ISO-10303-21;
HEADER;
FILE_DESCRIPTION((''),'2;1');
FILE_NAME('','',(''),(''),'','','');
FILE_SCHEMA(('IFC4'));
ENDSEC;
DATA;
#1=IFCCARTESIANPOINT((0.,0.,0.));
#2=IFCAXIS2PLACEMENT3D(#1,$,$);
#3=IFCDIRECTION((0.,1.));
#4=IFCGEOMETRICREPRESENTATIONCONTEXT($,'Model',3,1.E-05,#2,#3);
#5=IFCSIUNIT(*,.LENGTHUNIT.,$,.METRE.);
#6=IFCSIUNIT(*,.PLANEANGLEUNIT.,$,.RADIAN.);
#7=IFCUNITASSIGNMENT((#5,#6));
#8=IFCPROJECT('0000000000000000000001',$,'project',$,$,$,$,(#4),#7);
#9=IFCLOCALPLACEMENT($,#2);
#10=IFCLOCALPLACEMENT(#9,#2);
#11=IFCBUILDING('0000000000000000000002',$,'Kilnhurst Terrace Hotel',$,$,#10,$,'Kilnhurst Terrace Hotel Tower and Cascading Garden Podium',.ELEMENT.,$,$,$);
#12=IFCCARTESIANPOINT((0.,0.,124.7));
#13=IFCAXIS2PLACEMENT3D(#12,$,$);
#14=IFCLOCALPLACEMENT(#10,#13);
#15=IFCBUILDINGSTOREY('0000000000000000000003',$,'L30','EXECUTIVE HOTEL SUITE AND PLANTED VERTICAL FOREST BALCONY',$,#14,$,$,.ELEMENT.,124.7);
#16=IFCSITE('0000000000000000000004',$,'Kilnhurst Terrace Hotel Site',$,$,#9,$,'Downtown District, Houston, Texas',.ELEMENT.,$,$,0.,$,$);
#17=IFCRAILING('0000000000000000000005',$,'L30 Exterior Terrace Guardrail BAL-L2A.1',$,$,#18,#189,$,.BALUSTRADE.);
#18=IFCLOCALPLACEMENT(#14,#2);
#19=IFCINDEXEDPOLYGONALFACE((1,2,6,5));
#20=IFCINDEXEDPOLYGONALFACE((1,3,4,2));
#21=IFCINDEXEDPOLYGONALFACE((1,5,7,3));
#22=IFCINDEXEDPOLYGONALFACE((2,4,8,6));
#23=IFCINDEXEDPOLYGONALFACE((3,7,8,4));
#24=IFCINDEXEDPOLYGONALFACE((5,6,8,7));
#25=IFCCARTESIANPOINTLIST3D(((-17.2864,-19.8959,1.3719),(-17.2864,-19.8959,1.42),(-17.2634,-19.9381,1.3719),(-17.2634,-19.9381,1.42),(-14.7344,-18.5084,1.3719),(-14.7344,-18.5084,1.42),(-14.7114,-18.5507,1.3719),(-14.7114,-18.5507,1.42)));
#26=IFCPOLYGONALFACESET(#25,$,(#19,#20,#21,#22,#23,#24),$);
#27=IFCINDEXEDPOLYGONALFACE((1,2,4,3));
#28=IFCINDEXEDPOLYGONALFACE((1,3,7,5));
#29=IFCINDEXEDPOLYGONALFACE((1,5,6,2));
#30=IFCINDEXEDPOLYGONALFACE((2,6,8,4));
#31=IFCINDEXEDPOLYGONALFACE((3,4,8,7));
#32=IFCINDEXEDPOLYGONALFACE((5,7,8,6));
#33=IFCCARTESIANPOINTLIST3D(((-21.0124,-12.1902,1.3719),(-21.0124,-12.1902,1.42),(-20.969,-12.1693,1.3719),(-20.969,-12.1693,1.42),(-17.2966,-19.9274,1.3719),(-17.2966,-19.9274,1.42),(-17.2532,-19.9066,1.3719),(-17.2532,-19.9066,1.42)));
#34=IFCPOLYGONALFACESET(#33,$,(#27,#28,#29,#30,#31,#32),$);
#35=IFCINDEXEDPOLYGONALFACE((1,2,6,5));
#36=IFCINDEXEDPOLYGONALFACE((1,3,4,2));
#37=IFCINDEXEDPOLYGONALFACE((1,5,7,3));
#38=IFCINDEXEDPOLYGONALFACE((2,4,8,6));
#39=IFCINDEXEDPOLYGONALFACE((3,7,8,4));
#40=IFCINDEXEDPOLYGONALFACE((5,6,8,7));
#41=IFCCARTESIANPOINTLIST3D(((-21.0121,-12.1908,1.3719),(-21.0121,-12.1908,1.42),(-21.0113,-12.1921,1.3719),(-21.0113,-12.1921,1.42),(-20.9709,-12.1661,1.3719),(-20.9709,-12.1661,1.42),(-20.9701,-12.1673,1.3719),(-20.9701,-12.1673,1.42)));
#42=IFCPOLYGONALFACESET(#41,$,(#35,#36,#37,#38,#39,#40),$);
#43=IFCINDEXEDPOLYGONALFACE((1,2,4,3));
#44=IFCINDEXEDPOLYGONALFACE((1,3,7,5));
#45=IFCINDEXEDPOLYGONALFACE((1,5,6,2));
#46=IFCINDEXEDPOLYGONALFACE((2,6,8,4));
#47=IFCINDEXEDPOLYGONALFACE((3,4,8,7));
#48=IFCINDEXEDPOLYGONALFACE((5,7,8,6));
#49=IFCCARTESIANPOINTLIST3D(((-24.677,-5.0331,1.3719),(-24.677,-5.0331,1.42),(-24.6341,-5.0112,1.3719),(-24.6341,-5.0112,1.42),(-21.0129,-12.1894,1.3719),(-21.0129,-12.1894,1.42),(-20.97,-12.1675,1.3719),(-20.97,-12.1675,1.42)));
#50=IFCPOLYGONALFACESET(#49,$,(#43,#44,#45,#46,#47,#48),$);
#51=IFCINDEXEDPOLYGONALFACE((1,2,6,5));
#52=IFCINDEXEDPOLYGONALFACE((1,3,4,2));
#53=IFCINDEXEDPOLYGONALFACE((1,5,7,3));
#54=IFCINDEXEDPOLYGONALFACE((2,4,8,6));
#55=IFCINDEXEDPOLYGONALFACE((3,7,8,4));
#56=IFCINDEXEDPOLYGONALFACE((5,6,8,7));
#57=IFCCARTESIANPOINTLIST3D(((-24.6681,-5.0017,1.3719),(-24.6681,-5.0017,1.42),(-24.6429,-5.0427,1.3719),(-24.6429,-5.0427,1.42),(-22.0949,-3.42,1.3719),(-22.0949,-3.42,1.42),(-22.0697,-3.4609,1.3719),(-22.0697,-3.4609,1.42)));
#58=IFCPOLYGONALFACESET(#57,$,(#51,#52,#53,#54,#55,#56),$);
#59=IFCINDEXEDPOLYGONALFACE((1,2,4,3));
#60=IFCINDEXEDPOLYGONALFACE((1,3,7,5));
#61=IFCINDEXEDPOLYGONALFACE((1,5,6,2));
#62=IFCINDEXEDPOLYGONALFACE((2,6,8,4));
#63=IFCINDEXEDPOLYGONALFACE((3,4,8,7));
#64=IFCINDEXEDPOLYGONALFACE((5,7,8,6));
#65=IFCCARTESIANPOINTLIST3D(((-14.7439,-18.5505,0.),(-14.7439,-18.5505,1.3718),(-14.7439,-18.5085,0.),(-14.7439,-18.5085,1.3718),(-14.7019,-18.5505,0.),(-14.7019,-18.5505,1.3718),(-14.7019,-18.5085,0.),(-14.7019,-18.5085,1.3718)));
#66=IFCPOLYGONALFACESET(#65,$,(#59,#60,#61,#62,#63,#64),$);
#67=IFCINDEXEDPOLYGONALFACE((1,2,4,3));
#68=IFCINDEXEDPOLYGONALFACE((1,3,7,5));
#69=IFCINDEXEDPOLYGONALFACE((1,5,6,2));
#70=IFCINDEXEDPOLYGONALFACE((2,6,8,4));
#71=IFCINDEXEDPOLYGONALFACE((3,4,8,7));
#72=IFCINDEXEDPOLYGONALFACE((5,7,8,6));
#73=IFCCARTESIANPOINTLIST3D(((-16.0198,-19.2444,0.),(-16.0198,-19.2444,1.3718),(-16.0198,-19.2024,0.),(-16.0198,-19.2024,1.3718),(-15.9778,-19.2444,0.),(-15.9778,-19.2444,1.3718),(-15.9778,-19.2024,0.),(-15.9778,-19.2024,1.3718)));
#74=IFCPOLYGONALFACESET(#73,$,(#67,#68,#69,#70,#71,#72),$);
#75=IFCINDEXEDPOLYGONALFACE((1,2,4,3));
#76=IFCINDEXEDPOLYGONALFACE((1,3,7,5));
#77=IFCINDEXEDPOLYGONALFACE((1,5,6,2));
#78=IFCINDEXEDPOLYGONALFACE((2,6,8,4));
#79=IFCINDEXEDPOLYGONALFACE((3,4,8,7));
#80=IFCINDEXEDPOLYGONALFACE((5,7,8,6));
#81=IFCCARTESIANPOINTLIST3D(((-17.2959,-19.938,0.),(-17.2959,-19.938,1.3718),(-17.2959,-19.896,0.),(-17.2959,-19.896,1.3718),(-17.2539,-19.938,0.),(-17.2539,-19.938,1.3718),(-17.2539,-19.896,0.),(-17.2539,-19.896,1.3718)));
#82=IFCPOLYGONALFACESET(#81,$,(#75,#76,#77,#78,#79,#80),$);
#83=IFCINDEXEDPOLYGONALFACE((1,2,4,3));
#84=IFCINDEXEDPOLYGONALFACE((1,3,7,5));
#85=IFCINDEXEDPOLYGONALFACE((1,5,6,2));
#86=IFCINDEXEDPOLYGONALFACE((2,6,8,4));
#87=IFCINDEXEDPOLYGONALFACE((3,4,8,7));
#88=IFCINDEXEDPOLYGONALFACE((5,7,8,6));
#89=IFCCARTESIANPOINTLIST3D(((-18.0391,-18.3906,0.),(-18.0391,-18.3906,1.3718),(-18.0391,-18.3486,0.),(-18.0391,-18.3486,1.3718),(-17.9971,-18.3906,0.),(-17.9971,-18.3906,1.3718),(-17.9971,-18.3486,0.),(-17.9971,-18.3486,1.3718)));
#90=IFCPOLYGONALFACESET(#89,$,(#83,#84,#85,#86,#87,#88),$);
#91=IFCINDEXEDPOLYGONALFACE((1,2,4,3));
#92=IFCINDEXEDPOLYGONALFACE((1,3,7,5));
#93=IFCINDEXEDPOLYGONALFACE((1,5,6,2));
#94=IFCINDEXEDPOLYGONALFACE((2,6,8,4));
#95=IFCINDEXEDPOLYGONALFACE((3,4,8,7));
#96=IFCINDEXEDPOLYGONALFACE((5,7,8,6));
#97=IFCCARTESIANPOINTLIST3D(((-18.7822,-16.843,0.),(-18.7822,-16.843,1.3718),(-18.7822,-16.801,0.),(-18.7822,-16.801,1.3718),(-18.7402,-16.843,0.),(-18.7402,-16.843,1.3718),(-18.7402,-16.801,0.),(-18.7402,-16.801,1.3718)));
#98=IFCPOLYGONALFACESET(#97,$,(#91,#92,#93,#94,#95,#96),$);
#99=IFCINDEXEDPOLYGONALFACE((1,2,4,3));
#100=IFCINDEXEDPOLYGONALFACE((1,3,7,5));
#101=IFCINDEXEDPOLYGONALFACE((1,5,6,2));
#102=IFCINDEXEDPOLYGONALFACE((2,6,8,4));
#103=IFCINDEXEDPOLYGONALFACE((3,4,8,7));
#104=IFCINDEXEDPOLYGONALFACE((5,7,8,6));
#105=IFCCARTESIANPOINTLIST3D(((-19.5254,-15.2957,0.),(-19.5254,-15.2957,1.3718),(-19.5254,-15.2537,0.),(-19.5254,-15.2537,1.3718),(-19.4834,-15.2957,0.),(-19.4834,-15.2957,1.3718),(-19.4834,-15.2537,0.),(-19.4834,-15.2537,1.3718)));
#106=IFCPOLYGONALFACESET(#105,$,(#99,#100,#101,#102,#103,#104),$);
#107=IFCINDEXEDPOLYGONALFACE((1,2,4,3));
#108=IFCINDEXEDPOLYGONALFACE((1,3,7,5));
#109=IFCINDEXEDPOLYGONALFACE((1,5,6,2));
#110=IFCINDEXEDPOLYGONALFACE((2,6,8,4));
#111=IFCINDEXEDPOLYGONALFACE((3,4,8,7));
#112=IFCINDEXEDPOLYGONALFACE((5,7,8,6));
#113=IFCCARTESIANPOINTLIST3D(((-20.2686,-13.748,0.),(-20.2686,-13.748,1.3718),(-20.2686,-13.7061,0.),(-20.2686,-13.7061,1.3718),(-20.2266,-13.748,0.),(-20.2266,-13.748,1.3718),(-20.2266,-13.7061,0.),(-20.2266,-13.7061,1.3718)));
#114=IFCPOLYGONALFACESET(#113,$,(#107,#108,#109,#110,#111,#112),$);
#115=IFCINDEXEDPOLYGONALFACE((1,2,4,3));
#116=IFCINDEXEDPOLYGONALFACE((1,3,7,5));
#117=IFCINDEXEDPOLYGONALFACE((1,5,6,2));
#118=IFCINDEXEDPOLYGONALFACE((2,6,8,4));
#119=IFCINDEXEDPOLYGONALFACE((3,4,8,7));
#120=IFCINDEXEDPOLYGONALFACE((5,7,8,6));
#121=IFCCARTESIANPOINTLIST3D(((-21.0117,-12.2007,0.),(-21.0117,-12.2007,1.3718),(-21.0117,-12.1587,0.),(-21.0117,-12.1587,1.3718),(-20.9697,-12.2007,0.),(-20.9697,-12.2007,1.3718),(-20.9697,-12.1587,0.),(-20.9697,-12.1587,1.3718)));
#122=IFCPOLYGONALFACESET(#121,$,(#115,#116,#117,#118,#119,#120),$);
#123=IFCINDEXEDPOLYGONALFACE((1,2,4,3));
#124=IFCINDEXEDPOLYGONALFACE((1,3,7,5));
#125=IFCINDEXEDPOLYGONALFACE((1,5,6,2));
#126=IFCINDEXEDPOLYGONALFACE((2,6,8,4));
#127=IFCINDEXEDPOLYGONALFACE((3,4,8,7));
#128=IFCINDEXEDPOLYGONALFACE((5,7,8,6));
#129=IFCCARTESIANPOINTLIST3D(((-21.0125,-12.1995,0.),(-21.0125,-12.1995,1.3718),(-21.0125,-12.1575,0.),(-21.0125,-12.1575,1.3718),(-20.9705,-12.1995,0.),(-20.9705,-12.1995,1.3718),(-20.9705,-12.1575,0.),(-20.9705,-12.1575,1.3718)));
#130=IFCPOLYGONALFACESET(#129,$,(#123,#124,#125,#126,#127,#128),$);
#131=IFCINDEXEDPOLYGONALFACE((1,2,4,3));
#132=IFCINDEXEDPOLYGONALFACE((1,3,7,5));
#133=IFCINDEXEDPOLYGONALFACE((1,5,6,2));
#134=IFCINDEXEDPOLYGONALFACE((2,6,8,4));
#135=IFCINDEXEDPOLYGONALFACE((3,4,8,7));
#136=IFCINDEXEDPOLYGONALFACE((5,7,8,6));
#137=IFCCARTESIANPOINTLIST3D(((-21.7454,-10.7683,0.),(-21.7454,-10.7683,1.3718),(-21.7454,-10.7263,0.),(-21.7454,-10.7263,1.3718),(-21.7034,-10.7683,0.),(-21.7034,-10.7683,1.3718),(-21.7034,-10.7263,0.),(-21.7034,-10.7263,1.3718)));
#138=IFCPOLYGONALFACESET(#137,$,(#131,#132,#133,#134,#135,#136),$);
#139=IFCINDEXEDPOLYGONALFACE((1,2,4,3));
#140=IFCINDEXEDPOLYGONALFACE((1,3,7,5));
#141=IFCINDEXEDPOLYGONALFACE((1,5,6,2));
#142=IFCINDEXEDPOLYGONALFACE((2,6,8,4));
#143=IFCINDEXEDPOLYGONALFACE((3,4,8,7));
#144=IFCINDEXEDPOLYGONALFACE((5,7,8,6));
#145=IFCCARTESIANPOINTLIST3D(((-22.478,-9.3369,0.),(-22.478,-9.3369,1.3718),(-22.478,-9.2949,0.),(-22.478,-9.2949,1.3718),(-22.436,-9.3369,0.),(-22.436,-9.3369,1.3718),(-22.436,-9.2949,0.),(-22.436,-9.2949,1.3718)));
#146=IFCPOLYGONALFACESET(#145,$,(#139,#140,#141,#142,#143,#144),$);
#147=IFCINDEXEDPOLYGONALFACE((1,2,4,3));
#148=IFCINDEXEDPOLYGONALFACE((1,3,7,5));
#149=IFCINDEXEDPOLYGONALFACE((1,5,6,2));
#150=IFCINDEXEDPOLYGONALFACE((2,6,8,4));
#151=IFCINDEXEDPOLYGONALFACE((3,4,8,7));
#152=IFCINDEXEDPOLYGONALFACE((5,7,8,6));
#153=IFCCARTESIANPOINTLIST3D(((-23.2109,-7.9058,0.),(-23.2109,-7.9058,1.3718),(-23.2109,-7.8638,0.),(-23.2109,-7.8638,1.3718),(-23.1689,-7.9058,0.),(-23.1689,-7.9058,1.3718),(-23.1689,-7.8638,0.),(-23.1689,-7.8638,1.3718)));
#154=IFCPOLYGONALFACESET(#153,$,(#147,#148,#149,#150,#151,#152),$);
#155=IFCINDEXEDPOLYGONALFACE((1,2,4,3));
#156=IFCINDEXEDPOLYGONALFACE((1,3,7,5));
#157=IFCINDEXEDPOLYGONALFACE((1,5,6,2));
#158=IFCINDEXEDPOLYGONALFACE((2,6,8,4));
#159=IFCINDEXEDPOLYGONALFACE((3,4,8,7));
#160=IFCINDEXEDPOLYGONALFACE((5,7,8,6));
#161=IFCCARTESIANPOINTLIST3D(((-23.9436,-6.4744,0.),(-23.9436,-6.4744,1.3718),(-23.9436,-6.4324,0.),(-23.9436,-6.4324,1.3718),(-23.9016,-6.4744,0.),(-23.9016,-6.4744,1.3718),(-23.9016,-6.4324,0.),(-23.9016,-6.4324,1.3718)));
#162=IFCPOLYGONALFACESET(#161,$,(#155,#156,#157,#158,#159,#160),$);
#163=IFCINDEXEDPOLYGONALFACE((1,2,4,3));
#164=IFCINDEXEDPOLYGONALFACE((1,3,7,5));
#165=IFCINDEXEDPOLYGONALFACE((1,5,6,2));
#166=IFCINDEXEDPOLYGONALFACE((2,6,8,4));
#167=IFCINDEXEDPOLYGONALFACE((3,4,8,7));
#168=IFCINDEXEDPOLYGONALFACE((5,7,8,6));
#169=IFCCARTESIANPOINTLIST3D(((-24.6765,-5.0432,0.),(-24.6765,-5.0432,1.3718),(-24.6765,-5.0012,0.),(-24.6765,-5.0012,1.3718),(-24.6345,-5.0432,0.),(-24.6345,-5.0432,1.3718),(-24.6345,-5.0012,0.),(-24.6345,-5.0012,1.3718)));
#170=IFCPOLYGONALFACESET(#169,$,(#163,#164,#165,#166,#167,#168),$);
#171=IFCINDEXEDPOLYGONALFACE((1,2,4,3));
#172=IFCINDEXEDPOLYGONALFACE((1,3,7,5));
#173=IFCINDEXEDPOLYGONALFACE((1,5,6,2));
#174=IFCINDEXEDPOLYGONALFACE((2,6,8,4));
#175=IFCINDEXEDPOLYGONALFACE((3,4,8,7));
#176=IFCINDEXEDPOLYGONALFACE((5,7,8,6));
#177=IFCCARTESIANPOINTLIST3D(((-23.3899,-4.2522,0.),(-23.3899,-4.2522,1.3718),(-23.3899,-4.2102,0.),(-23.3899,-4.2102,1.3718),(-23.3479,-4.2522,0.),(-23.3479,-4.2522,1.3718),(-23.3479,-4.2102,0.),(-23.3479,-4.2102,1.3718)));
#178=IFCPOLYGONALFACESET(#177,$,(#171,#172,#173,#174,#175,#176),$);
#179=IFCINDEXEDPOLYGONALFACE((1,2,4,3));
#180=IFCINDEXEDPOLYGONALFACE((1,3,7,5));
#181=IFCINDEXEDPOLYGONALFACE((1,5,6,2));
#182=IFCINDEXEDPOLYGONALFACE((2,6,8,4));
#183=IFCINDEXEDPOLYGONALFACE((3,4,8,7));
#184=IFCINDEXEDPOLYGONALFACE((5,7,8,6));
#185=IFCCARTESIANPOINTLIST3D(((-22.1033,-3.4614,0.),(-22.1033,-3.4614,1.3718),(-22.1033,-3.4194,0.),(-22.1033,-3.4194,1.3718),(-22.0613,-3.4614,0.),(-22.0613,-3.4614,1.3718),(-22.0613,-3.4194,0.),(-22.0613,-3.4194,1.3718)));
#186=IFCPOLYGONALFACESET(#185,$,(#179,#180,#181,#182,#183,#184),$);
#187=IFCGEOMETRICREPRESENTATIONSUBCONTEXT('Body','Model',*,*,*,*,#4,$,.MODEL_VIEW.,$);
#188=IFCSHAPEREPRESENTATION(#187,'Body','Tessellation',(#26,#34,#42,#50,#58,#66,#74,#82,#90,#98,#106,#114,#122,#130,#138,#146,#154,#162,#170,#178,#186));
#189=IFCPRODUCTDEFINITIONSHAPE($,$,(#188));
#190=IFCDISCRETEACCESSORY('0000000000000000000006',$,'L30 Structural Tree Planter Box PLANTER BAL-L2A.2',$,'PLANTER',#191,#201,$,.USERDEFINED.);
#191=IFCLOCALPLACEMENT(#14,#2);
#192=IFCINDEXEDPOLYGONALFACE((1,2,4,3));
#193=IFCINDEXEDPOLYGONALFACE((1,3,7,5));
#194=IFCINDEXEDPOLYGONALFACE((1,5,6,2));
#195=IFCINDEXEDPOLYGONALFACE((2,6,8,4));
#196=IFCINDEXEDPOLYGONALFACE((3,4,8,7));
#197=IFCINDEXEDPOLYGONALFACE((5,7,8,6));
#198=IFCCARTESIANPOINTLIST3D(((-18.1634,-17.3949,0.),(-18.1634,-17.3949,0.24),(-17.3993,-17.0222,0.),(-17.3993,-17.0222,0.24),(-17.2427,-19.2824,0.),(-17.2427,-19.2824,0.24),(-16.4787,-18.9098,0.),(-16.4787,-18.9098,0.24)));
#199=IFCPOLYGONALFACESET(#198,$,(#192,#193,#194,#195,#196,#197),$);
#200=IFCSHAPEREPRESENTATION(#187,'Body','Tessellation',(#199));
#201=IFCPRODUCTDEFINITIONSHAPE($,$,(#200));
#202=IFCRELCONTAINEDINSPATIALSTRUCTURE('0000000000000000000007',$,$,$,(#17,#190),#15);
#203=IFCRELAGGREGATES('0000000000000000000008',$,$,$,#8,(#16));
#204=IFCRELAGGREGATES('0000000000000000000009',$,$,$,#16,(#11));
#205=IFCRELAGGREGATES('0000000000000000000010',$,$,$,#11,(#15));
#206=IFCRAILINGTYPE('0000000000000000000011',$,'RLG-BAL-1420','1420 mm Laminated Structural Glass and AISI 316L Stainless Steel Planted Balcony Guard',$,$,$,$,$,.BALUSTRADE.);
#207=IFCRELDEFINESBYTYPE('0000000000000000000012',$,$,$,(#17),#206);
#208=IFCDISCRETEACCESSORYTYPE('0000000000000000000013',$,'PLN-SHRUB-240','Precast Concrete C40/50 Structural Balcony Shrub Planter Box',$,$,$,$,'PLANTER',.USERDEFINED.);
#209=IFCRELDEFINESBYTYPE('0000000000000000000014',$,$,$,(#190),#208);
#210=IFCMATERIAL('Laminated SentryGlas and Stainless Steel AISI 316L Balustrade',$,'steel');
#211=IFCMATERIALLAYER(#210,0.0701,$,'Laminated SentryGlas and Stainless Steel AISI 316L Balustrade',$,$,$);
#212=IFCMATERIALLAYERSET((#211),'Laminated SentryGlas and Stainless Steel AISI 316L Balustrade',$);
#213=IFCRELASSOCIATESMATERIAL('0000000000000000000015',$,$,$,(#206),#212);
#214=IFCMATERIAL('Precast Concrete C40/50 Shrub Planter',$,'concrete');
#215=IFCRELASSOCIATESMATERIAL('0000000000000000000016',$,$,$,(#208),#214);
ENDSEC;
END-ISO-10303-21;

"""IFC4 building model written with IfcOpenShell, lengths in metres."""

from ifc_helpers import new_model, si_unit, direction, frame, origin, origin_2d, place, context, subcontext, project, spatial, rectangle, extrude, material, layer, layer_set, type_object, element, save


model = new_model("IFC4")

# Units and contexts
model_context = context("Model", 3, precision=1e-05, world=origin(), true_north=direction((0.0, 1.0)))
body_context = subcontext(model_context, "Body", "Model", "MODEL_VIEW")
ifc_project = project(units=[si_unit("LENGTHUNIT", "METRE"), si_unit("PLANEANGLEUNIT", "RADIAN")], contexts=[model_context])

# Site, building, storey
site_placement = place(None, origin())
site = spatial("IfcSite", under=ifc_project, at=site_placement, Name="Kilnhurst Terrace Hotel Site", LongName="Downtown District, Houston, Texas", CompositionType="ELEMENT", RefElevation=0.0)
building_placement = place(site_placement, origin())
building = spatial("IfcBuilding", under=site, at=building_placement, Name="Kilnhurst Terrace Hotel", LongName="Kilnhurst Terrace Hotel Tower and Cascading Garden Podium", CompositionType="ELEMENT")
storey_placement = place(building_placement, frame((0.0, 0.0, 124.7)))
storey = spatial("IfcBuildingStorey", under=building, at=storey_placement, Name="L30", Description="EXECUTIVE HOTEL SUITE AND PLANTED VERTICAL FOREST BALCONY", CompositionType="ELEMENT", Elevation=124.7)

# Railing
ifc_material_1 = material(Name="Laminated SentryGlas and Stainless Steel AISI 316L Balustrade", Category="steel")
ifc_layer_1 = layer(ifc_material_1, 0.0701, Name="Laminated SentryGlas and Stainless Steel AISI 316L Balustrade")
ifc_layer_set_1 = layer_set([ifc_layer_1], Name="Laminated SentryGlas and Stainless Steel AISI 316L Balustrade")
railing_type = type_object("IfcRailingType", Name="RLG-BAL-1420", Description="1420 mm Laminated Structural Glass and AISI 316L Stainless Steel Planted Balcony Guard", PredefinedType="BALUSTRADE", material=ifc_layer_set_1)
railing_placement = place(storey_placement, frame((-14.7229, -18.5295, 0.0)))
element("IfcRailing", 1, at=railing_placement, inside=storey, type_object=railing_type, Name="L30 Exterior Terrace Guardrail BAL-L2A.1", PredefinedType="BALUSTRADE", context=body_context, shape_type="SweptSolid", body=[
    extrude(rectangle(XDim=0.0481, YDim=0.0481, at=origin_2d()), frame((0.0, 0.0, 1.396), z_axis=(-0.878553, -0.477644, 0.0), x_axis=(0.477644, -0.878553, 0.0)), (0.0, 0.0, 1.0), 2.9048),
    extrude(rectangle(XDim=0.0481, YDim=0.0481, at=origin_2d()), frame((-2.552, -1.3875, 1.396), z_axis=(-0.432912, 0.901436, 0.0), x_axis=(-0.901436, -0.432912, 0.0)), (0.0, 0.0, 1.0), 8.5833),
    extrude(rectangle(XDim=0.0481, YDim=0.0481, at=origin_2d()), frame((-6.2678, 6.3499, 1.396), z_axis=(-0.514496, 0.857493, 0.0), x_axis=(-0.857493, -0.514496, 0.0)), (0.0, 0.0, 1.0), 0.0015),
    extrude(rectangle(XDim=0.0481, YDim=0.0481, at=origin_2d()), frame((-6.2686, 6.3511, 1.396), z_axis=(-0.455744, 0.890111, 0.0), x_axis=(-0.890111, -0.455744, 0.0)), (0.0, 0.0, 1.0), 8.0398),
    extrude(rectangle(XDim=0.0481, YDim=0.0481, at=origin_2d()), frame((-9.9326, 13.5073, 1.396), z_axis=(0.851916, 0.523678, 0.0), x_axis=(-0.523678, 0.851916, 0.0)), (0.0, 0.0, 1.0), 3.0205),
    extrude(rectangle(XDim=0.042, YDim=0.042, at=origin_2d()), origin(), (0.0, 0.0, 1.0), 1.3718),
    extrude(rectangle(XDim=0.042, YDim=0.042, at=origin_2d()), frame((-1.2759, -0.6938, 0.0)), (0.0, 0.0, 1.0), 1.3718),
    extrude(rectangle(XDim=0.042, YDim=0.042, at=origin_2d()), frame((-2.552, -1.3875, 0.0)), (0.0, 0.0, 1.0), 1.3718),
    extrude(rectangle(XDim=0.042, YDim=0.042, at=origin_2d()), frame((-3.2952, 0.1599, 0.0)), (0.0, 0.0, 1.0), 1.3718),
    extrude(rectangle(XDim=0.042, YDim=0.042, at=origin_2d()), frame((-4.0383, 1.7075, 0.0)), (0.0, 0.0, 1.0), 1.3718),
    extrude(rectangle(XDim=0.042, YDim=0.042, at=origin_2d()), frame((-4.7815, 3.2549, 0.0)), (0.0, 0.0, 1.0), 1.3718),
    extrude(rectangle(XDim=0.042, YDim=0.042, at=origin_2d()), frame((-5.5247, 4.8025, 0.0)), (0.0, 0.0, 1.0), 1.3718),
    extrude(rectangle(XDim=0.042, YDim=0.042, at=origin_2d()), frame((-6.2678, 6.3499, 0.0)), (0.0, 0.0, 1.0), 1.3718),
    extrude(rectangle(XDim=0.042, YDim=0.042, at=origin_2d()), frame((-6.2686, 6.3511, 0.0)), (0.0, 0.0, 1.0), 1.3718),
    extrude(rectangle(XDim=0.042, YDim=0.042, at=origin_2d()), frame((-7.0015, 7.7822, 0.0)), (0.0, 0.0, 1.0), 1.3718),
    extrude(rectangle(XDim=0.042, YDim=0.042, at=origin_2d()), frame((-7.7341, 9.2136, 0.0)), (0.0, 0.0, 1.0), 1.3718),
    extrude(rectangle(XDim=0.042, YDim=0.042, at=origin_2d()), frame((-8.467, 10.6448, 0.0)), (0.0, 0.0, 1.0), 1.3718),
    extrude(rectangle(XDim=0.042, YDim=0.042, at=origin_2d()), frame((-9.1997, 12.0762, 0.0)), (0.0, 0.0, 1.0), 1.3718),
    extrude(rectangle(XDim=0.042, YDim=0.042, at=origin_2d()), frame((-9.9326, 13.5073, 0.0)), (0.0, 0.0, 1.0), 1.3718),
    extrude(rectangle(XDim=0.042, YDim=0.042, at=origin_2d()), frame((-8.646, 14.2983, 0.0)), (0.0, 0.0, 1.0), 1.3718),
    extrude(rectangle(XDim=0.042, YDim=0.042, at=origin_2d()), frame((-7.3594, 15.0891, 0.0)), (0.0, 0.0, 1.0), 1.3718),
])

# Discrete accessory
ifc_material_2 = material(Name="Precast Concrete C40/50 Shrub Planter", Category="concrete")
discrete_accessory_type = type_object("IfcDiscreteAccessoryType", Name="PLN-SHRUB-240", Description="Precast Concrete C40/50 Structural Balcony Shrub Planter Box", ElementType="PLANTER", PredefinedType="USERDEFINED", material=ifc_material_2)
discrete_accessory_placement = place(storey_placement, frame((-17.321, -18.1523, 0.0), z_axis=(0.0, 0.0, 1.0), x_axis=(0.438387, -0.898786, 0.0)))
element("IfcDiscreteAccessory", 2, at=discrete_accessory_placement, inside=storey, type_object=discrete_accessory_type, Name="L30 Structural Tree Planter Box PLANTER BAL-L2A.2", ObjectType="PLANTER", PredefinedType="USERDEFINED", context=body_context, shape_type="SweptSolid", body=[
    extrude(rectangle(XDim=2.1001, YDim=0.8501, at=origin_2d()), origin(), (0.0, 0.0, 1.0), 0.24),
])

save(model, "model.ifc")
